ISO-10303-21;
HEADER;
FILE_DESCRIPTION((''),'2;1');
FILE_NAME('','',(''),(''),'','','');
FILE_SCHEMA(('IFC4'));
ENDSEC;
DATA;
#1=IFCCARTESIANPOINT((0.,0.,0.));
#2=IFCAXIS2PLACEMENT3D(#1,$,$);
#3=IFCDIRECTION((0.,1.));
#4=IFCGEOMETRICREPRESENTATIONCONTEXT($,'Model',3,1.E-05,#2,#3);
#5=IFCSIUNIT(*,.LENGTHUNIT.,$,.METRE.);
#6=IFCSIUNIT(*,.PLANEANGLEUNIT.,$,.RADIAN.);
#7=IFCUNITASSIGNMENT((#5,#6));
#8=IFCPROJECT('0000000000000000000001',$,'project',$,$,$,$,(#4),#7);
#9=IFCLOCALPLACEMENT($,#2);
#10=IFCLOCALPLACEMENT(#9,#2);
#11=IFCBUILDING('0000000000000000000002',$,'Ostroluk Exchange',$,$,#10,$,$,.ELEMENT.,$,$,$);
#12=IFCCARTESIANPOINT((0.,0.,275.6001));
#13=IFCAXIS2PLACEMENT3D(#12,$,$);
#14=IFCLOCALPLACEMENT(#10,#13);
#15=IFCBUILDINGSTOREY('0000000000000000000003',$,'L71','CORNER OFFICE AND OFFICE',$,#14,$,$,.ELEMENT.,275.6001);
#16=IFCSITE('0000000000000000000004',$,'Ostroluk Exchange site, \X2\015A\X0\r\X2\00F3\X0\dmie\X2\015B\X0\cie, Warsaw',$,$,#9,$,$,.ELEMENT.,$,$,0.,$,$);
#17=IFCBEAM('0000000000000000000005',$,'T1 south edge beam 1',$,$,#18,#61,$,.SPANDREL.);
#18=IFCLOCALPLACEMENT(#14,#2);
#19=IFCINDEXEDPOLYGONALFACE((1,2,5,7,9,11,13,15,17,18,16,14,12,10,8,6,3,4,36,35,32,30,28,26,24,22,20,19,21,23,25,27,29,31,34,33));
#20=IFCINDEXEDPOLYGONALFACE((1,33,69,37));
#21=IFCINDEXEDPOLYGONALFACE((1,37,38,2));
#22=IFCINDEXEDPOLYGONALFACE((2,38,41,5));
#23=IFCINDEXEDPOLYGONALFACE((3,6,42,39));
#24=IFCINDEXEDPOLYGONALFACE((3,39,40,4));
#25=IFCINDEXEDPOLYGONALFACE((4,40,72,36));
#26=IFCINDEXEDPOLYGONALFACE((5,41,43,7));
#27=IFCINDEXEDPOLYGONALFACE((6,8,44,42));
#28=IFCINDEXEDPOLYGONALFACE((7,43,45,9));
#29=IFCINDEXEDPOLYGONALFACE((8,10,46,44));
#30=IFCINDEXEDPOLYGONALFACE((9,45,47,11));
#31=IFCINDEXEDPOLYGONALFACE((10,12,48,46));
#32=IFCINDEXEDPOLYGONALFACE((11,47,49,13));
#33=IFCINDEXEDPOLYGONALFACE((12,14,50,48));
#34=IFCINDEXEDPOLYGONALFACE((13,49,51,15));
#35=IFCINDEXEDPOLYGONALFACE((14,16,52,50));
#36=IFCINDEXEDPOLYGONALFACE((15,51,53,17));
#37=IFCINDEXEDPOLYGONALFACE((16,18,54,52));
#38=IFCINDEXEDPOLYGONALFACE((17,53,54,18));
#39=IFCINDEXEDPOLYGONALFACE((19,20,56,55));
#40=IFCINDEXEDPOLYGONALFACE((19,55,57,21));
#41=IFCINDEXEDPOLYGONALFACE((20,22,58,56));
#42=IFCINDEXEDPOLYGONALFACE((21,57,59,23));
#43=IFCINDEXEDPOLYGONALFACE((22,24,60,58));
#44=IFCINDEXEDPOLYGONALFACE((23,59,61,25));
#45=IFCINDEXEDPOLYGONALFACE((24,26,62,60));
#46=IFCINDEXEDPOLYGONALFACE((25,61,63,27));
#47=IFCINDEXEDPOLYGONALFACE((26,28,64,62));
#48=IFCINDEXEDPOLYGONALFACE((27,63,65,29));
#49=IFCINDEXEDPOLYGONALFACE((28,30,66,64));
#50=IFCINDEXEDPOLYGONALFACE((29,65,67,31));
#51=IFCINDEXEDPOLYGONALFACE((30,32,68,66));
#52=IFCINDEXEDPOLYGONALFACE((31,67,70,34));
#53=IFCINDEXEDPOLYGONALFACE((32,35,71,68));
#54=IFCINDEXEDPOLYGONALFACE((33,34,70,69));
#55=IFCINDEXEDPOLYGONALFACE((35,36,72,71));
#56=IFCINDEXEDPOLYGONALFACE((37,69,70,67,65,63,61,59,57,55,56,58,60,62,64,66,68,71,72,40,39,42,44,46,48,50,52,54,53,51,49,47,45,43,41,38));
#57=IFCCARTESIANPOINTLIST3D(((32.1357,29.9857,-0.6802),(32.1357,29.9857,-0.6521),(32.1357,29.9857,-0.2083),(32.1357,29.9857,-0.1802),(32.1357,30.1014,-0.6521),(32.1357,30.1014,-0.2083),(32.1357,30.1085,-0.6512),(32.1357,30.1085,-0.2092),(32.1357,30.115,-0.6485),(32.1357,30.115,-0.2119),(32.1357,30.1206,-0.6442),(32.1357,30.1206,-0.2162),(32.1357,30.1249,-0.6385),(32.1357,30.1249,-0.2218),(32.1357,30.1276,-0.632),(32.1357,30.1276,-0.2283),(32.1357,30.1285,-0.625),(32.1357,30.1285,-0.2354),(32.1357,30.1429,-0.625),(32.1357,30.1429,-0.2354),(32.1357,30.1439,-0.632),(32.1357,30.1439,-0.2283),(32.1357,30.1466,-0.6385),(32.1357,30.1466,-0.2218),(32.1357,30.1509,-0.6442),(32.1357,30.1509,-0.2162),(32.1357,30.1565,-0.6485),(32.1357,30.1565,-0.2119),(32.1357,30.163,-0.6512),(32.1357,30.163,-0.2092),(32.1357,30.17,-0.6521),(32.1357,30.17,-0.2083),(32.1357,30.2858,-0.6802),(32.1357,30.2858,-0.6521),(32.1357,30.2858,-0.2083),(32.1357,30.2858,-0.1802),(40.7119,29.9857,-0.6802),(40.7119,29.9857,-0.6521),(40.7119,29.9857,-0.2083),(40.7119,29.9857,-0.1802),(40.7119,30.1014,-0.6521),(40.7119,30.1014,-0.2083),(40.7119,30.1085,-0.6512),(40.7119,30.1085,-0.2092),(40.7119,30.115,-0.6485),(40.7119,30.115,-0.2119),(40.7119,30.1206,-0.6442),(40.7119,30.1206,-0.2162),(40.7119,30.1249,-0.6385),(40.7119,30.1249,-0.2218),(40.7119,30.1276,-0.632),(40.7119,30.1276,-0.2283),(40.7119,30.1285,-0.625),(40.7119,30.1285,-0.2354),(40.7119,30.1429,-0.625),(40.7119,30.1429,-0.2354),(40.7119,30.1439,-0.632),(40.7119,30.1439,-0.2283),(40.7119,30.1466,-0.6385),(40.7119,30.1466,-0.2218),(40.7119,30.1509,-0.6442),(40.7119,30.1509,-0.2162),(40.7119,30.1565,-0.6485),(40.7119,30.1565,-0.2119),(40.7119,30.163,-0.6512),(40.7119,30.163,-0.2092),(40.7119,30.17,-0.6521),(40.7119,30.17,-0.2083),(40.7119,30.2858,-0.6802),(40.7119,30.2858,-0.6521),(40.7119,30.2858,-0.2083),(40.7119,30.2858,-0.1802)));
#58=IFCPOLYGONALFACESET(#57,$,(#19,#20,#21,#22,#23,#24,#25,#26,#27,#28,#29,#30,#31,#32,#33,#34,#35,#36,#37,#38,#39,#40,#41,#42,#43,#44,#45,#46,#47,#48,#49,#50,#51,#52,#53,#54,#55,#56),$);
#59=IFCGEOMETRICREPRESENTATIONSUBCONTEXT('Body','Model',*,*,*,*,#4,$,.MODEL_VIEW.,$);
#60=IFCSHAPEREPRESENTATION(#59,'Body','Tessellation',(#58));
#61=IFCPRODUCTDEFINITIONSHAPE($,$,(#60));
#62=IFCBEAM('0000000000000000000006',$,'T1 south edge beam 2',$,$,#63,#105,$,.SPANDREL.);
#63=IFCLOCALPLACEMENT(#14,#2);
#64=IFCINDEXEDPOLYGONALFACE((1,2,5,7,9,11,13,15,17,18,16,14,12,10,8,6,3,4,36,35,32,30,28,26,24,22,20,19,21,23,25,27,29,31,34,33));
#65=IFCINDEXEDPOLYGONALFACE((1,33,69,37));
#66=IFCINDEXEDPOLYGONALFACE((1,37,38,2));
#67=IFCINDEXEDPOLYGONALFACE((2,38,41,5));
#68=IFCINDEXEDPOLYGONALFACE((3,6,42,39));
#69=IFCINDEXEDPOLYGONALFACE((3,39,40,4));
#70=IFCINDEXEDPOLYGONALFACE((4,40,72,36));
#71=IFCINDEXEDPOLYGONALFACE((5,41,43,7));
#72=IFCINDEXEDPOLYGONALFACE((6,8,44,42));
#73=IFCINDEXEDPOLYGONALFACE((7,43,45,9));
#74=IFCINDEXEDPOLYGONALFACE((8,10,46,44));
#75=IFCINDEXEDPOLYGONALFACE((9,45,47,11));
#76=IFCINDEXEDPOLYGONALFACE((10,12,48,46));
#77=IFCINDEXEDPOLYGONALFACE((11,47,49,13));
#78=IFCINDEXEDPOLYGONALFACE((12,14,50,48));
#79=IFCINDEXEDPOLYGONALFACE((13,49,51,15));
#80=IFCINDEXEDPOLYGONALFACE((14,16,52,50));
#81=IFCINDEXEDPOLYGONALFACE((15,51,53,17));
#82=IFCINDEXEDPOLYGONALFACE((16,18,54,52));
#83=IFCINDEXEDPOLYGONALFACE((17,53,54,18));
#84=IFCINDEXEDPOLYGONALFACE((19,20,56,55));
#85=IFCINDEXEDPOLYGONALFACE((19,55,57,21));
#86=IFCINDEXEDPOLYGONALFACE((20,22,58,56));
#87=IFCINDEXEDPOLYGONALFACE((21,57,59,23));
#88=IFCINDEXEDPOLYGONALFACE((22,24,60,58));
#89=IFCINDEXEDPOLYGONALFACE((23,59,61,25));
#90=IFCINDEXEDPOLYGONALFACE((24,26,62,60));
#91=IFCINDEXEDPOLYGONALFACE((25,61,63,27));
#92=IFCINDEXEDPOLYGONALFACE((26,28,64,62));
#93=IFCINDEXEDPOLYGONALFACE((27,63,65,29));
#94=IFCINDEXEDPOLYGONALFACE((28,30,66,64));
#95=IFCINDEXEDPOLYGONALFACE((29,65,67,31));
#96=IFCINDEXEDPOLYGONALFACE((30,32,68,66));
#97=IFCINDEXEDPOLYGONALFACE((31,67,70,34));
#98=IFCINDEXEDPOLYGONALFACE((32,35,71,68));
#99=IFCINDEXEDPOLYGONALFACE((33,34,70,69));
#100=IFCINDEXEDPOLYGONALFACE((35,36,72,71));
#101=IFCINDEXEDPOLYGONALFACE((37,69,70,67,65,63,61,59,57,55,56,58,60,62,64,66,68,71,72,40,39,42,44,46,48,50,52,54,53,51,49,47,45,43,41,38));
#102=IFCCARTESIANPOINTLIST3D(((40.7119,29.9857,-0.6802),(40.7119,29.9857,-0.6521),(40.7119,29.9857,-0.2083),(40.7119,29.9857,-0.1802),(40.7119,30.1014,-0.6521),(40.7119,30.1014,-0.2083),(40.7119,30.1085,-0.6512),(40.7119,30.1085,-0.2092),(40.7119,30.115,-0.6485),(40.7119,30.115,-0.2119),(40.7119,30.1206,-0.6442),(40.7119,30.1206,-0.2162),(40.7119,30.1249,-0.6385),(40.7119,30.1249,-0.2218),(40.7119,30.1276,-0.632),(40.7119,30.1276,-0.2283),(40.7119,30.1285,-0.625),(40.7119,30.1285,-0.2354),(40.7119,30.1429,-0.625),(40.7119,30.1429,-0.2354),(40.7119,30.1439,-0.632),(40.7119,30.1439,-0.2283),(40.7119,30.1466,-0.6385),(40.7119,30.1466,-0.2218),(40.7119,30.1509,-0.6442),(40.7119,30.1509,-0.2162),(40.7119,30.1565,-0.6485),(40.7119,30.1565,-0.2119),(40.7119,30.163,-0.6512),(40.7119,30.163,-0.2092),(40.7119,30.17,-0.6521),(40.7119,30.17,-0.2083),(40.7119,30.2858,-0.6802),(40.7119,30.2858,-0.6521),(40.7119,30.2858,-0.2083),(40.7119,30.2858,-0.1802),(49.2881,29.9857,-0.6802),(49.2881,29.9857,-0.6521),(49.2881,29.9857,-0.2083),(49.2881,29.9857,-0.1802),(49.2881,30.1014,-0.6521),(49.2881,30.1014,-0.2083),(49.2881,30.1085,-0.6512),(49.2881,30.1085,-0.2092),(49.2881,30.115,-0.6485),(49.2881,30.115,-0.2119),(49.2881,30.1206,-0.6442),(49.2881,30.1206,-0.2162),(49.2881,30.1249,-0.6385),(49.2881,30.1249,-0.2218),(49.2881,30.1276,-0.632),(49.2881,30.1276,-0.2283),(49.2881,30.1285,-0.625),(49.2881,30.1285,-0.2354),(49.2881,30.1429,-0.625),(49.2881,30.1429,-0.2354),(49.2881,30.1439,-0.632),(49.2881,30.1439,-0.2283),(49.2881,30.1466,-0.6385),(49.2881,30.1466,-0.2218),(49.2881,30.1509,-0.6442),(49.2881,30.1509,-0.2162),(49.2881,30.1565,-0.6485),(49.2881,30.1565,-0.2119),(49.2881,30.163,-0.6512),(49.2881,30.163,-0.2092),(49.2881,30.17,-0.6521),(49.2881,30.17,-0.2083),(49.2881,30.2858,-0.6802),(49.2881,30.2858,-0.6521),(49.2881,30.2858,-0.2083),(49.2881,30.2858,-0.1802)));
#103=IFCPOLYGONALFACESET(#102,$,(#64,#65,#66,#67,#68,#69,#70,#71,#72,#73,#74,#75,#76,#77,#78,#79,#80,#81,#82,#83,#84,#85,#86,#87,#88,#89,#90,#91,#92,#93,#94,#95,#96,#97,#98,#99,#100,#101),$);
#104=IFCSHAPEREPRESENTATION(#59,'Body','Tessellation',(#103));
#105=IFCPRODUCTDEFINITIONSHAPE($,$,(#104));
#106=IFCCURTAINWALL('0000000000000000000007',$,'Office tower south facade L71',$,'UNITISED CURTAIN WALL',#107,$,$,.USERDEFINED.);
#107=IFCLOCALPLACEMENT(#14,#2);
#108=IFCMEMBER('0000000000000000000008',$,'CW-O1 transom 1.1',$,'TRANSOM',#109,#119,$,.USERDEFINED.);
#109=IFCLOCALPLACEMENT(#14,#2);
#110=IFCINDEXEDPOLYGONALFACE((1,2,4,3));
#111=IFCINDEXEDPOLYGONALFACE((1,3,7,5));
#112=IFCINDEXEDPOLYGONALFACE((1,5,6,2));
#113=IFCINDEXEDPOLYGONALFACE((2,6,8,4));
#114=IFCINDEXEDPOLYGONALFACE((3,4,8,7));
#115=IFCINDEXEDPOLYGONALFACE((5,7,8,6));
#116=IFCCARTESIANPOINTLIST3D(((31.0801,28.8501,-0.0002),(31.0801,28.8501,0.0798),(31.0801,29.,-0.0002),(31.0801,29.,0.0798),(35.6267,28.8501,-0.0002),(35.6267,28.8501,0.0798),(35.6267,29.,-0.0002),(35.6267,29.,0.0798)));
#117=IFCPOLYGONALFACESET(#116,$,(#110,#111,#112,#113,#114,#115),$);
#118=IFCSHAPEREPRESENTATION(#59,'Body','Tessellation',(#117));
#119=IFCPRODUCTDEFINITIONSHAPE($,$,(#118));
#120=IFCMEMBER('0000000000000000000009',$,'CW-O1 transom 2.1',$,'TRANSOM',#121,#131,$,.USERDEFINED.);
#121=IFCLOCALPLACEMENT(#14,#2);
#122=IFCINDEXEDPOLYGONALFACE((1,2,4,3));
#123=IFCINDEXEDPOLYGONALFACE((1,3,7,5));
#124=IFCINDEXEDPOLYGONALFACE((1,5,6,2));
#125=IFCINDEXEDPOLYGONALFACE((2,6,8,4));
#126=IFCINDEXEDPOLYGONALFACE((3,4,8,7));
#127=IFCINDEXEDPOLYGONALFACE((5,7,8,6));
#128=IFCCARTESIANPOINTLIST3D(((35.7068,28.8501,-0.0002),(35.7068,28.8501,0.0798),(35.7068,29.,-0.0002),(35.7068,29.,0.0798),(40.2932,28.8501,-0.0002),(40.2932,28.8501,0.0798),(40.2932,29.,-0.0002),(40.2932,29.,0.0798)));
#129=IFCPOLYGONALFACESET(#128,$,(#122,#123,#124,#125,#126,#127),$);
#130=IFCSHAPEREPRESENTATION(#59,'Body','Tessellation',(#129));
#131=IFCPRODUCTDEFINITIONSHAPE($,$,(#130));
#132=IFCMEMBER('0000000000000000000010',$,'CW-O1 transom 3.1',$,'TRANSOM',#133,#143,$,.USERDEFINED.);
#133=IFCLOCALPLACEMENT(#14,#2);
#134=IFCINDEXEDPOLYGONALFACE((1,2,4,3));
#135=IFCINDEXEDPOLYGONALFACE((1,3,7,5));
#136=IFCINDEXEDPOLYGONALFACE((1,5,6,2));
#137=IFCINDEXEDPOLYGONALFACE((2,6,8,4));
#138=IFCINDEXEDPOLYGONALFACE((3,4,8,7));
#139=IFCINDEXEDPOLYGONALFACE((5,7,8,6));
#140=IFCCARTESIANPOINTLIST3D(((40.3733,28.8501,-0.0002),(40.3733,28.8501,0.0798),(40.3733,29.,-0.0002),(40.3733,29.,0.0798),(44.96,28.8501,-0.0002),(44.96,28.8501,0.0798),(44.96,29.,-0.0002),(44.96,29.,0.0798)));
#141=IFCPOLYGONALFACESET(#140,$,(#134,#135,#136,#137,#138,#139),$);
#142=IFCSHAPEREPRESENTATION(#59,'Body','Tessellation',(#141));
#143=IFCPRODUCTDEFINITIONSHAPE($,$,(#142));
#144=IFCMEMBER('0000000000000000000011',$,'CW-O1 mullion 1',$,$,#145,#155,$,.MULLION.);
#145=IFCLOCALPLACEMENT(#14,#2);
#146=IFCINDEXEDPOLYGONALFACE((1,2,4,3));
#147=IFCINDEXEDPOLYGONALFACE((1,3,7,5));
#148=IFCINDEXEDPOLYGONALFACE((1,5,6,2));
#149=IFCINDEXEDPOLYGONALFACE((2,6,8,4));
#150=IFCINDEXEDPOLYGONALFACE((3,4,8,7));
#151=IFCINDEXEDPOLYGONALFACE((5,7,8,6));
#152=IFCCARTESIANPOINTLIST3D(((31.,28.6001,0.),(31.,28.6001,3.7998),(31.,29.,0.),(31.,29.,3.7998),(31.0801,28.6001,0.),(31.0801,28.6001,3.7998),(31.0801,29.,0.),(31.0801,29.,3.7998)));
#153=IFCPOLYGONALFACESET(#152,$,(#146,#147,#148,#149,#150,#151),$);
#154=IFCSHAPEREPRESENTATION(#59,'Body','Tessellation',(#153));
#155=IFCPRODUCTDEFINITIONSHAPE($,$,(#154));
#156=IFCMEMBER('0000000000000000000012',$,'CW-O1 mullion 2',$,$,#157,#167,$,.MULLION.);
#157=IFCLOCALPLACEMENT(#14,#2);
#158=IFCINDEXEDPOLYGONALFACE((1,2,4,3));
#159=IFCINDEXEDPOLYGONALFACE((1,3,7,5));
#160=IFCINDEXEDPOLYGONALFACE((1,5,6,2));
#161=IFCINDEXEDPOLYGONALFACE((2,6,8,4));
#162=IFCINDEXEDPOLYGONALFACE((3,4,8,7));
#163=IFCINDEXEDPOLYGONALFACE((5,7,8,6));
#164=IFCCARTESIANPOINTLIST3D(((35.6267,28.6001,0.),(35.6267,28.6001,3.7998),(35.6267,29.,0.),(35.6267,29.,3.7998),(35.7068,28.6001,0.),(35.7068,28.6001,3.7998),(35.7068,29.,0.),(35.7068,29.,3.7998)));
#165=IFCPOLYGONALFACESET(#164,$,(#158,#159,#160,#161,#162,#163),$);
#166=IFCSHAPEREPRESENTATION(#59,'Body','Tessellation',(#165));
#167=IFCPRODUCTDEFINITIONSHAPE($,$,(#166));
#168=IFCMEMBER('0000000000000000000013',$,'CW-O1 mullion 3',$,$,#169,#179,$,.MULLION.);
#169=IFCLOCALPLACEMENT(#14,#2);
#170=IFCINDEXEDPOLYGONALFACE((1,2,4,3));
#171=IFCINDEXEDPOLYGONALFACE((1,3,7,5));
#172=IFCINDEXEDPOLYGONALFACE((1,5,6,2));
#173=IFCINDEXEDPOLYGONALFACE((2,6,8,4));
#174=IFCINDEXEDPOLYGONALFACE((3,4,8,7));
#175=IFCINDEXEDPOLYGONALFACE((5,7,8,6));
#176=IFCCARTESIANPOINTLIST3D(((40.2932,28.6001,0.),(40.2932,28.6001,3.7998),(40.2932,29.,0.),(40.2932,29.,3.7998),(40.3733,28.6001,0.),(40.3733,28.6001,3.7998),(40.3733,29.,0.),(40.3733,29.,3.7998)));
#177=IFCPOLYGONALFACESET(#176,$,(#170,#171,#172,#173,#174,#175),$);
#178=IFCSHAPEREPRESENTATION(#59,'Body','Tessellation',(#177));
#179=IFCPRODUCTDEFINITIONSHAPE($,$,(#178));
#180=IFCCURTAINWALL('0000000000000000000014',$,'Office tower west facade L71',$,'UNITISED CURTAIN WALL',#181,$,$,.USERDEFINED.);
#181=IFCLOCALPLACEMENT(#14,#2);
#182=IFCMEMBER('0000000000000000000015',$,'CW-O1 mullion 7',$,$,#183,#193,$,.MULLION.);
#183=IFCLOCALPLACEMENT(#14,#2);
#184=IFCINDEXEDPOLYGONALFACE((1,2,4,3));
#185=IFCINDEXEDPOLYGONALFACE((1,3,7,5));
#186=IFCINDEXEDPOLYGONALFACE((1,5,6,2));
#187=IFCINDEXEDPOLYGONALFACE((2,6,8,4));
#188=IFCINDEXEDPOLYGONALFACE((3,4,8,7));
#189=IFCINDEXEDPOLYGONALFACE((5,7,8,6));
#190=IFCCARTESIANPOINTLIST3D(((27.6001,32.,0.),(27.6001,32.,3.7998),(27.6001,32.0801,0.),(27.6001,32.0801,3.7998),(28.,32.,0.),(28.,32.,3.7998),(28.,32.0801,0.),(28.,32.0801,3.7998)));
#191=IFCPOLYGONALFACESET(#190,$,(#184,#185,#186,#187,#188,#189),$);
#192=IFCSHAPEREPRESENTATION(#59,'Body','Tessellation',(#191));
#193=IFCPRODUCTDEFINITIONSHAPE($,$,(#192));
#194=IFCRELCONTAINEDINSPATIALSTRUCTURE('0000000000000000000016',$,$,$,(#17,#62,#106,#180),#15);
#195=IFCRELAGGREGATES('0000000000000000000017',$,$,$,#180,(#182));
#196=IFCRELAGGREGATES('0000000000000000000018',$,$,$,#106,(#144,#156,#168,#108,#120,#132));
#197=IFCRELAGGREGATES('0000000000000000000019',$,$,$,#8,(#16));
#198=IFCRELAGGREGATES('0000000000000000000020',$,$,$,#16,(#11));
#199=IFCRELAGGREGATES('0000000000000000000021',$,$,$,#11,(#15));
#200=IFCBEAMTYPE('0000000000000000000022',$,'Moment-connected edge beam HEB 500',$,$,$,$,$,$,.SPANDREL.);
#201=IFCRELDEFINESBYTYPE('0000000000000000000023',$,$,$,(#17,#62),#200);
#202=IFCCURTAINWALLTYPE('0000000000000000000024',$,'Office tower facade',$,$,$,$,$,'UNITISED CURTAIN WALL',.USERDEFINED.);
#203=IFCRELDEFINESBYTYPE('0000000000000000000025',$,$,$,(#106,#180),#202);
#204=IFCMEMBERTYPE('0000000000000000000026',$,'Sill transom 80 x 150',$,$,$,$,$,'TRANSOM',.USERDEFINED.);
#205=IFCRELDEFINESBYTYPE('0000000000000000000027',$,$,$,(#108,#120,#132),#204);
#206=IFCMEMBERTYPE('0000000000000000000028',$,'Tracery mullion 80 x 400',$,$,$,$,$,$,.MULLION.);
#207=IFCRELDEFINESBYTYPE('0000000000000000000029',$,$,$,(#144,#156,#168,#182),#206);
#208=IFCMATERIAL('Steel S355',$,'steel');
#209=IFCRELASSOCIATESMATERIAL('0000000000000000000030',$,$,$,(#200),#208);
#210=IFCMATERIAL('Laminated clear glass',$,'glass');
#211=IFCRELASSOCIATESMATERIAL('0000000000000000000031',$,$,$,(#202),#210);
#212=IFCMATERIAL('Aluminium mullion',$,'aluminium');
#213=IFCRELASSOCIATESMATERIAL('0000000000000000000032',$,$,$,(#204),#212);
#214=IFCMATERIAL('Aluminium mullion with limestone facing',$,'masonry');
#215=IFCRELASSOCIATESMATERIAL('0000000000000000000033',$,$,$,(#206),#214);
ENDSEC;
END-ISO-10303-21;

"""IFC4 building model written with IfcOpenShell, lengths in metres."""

from ifc_helpers import new_model, si_unit, direction, frame, origin, origin_2d, place, context, subcontext, project, spatial, rectangle, i_section, extrude, material, material_profile, profile_set, type_object, element, aggregate, save


model = new_model("IFC4")

# Units and contexts
model_context = context("Model", 3, precision=1e-05, world=origin(), true_north=direction((0.0, 1.0)))
body_context = subcontext(model_context, "Body", "Model", "MODEL_VIEW")
ifc_project = project(units=[si_unit("LENGTHUNIT", "METRE"), si_unit("PLANEANGLEUNIT", "RADIAN")], contexts=[model_context])

# Site, building, storey
site_placement = place(None, origin())
site = spatial("IfcSite", under=ifc_project, at=site_placement, Name="Ostroluk Exchange site, Śródmieście, Warsaw", CompositionType="ELEMENT", RefElevation=0.0)
building_placement = place(site_placement, origin())
building = spatial("IfcBuilding", under=site, at=building_placement, Name="Ostroluk Exchange", CompositionType="ELEMENT")
storey_placement = place(building_placement, frame((0.0, 0.0, 275.6001)))
storey = spatial("IfcBuildingStorey", under=building, at=storey_placement, Name="L71", Description="CORNER OFFICE AND OFFICE", CompositionType="ELEMENT", Elevation=275.6001)

# Beams
ifc_material_1 = material(Name="Steel S355", Category="steel")
ifc_material_profile_1 = material_profile(ifc_material_1, i_section(OverallWidth=0.3, OverallDepth=0.5, WebThickness=0.0144, FlangeThickness=0.0281, FilletRadius=0.0271, at=origin_2d()), Name="HEB 500")
ifc_profile_set_1 = profile_set([ifc_material_profile_1], Name="Steel S355")
beam_type_1 = type_object("IfcBeamType", Name="Moment-connected edge beam HEB 500", PredefinedType="SPANDREL", material=ifc_profile_set_1)
for number, where, z_axis, x_axis, name in (
    (1, (32.1357, 30.1357, -0.4302), (1.0, 0.0, 0.0), (0.0, 1.0, 0.0), "T1 south edge beam 1"),
    (2, (40.7119, 30.1357, -0.4302), (1.0, 0.0, 0.0), (0.0, 1.0, 0.0), "T1 south edge beam 2"),
):
    element("IfcBeam", number, at=place(storey_placement, frame(where, z_axis=z_axis, x_axis=x_axis)), inside=storey, type_object=beam_type_1, Name=name, PredefinedType="SPANDREL", context=body_context, shape_type="SweptSolid", body=[
        extrude(i_section(OverallWidth=0.3, OverallDepth=0.5, WebThickness=0.0144, FlangeThickness=0.0281, FilletRadius=0.0271, at=origin_2d()), origin(), (0.0, 0.0, 1.0), 8.5762),
    ])

# Curtain wall, members
ifc_material_2 = material(Name="Laminated clear glass", Category="glass")
curtain_wall_type = type_object("IfcCurtainWallType", Name="Office tower facade", ElementType="UNITISED CURTAIN WALL", PredefinedType="USERDEFINED", material=ifc_material_2)
curtain_wall_1_placement = place(storey_placement, origin())
curtain_wall_1 = element("IfcCurtainWall", 3, at=curtain_wall_1_placement, inside=storey, type_object=curtain_wall_type, Name="Office tower south facade L71", ObjectType="UNITISED CURTAIN WALL", PredefinedType="USERDEFINED")
ifc_material_3 = material(Name="Aluminium mullion", Category="aluminium")
ifc_material_profile_2 = material_profile(ifc_material_3, rectangle(XDim=0.1499, YDim=0.0801, at=origin_2d()), Name="Sill transom 80 x 150")
ifc_profile_set_2 = profile_set([ifc_material_profile_2], Name="Aluminium mullion")
member_type_1 = type_object("IfcMemberType", Name="Sill transom 80 x 150", ElementType="TRANSOM", PredefinedType="USERDEFINED", material=ifc_profile_set_2)
member_1_placement = place(storey_placement, frame((31.0801, 28.925, 0.0398), z_axis=(1.0, 0.0, 0.0), x_axis=(0.0, 1.0, 0.0)))
member_1 = element("IfcMember", 4, at=member_1_placement, type_object=member_type_1, Name="CW-O1 transom 1.1", ObjectType="TRANSOM", PredefinedType="USERDEFINED", context=body_context, shape_type="SweptSolid", body=[
    extrude(rectangle(XDim=0.1499, YDim=0.0801, at=origin_2d()), origin(), (0.0, 0.0, 1.0), 4.5466),
])
member_2_placement = place(storey_placement, frame((35.7068, 28.925, 0.0398), z_axis=(1.0, 0.0, 0.0), x_axis=(0.0, 1.0, 0.0)))
member_2 = element("IfcMember", 5, at=member_2_placement, type_object=member_type_1, Name="CW-O1 transom 2.1", ObjectType="TRANSOM", PredefinedType="USERDEFINED", context=body_context, shape_type="SweptSolid", body=[
    extrude(rectangle(XDim=0.1499, YDim=0.0801, at=origin_2d()), origin(), (0.0, 0.0, 1.0), 4.5864),
])
member_3_placement = place(storey_placement, frame((40.3733, 28.925, 0.0398), z_axis=(1.0, 0.0, 0.0), x_axis=(0.0, 1.0, 0.0)))
member_3 = element("IfcMember", 6, at=member_3_placement, type_object=member_type_1, Name="CW-O1 transom 3.1", ObjectType="TRANSOM", PredefinedType="USERDEFINED", context=body_context, shape_type="SweptSolid", body=[
    extrude(rectangle(XDim=0.1499, YDim=0.0801, at=origin_2d()), origin(), (0.0, 0.0, 1.0), 4.5867),
])
ifc_material_4 = material(Name="Aluminium mullion with limestone facing", Category="masonry")
ifc_material_profile_3 = material_profile(ifc_material_4, rectangle(XDim=0.3999, YDim=0.0801, at=origin_2d()), Name="Tracery mullion 80 x 400")
ifc_profile_set_3 = profile_set([ifc_material_profile_3], Name="Aluminium mullion with limestone facing")
member_type_2 = type_object("IfcMemberType", Name="Tracery mullion 80 x 400", PredefinedType="MULLION", material=ifc_profile_set_3)
member_4_placement = place(storey_placement, frame((31.04, 28.8, 0.0), z_axis=(0.0, 0.0, 1.0), x_axis=(0.0, 1.0, 0.0)))
member_4 = element("IfcMember", 7, at=member_4_placement, type_object=member_type_2, Name="CW-O1 mullion 1", PredefinedType="MULLION", context=body_context, shape_type="SweptSolid", body=[
    extrude(rectangle(XDim=0.3999, YDim=0.0801, at=origin_2d()), origin(), (0.0, 0.0, 1.0), 3.7998),
])
member_5_placement = place(storey_placement, frame((35.6667, 28.8, 0.0), z_axis=(0.0, 0.0, 1.0), x_axis=(0.0, 1.0, 0.0)))
member_5 = element("IfcMember", 8, at=member_5_placement, type_object=member_type_2, Name="CW-O1 mullion 2", PredefinedType="MULLION", context=body_context, shape_type="SweptSolid", body=[
    extrude(rectangle(XDim=0.3999, YDim=0.0801, at=origin_2d()), origin(), (0.0, 0.0, 1.0), 3.7998),
])
member_6_placement = place(storey_placement, frame((40.3333, 28.8, 0.0), z_axis=(0.0, 0.0, 1.0), x_axis=(0.0, 1.0, 0.0)))
member_6 = element("IfcMember", 9, at=member_6_placement, type_object=member_type_2, Name="CW-O1 mullion 3", PredefinedType="MULLION", context=body_context, shape_type="SweptSolid", body=[
    extrude(rectangle(XDim=0.3999, YDim=0.0801, at=origin_2d()), origin(), (0.0, 0.0, 1.0), 3.7998),
])

# Curtain wall, member
curtain_wall_2_placement = place(storey_placement, origin())
curtain_wall_2 = element("IfcCurtainWall", 10, at=curtain_wall_2_placement, inside=storey, type_object=curtain_wall_type, Name="Office tower west facade L71", ObjectType="UNITISED CURTAIN WALL", PredefinedType="USERDEFINED")
member_7_placement = place(storey_placement, frame((27.8, 32.04, 0.0), z_axis=(0.0, 0.0, 1.0), x_axis=(1.0, 0.0, 0.0)))
member_7 = element("IfcMember", 11, at=member_7_placement, type_object=member_type_2, Name="CW-O1 mullion 7", PredefinedType="MULLION", context=body_context, shape_type="SweptSolid", body=[
    extrude(rectangle(XDim=0.3999, YDim=0.0801, at=origin_2d()), origin(), (0.0, 0.0, 1.0), 3.7998),
])
aggregate(curtain_wall_2, [member_7])

aggregate(curtain_wall_1, [member_4, member_5, member_6, member_1, member_2, member_3])

save(model, "model.ifc")
